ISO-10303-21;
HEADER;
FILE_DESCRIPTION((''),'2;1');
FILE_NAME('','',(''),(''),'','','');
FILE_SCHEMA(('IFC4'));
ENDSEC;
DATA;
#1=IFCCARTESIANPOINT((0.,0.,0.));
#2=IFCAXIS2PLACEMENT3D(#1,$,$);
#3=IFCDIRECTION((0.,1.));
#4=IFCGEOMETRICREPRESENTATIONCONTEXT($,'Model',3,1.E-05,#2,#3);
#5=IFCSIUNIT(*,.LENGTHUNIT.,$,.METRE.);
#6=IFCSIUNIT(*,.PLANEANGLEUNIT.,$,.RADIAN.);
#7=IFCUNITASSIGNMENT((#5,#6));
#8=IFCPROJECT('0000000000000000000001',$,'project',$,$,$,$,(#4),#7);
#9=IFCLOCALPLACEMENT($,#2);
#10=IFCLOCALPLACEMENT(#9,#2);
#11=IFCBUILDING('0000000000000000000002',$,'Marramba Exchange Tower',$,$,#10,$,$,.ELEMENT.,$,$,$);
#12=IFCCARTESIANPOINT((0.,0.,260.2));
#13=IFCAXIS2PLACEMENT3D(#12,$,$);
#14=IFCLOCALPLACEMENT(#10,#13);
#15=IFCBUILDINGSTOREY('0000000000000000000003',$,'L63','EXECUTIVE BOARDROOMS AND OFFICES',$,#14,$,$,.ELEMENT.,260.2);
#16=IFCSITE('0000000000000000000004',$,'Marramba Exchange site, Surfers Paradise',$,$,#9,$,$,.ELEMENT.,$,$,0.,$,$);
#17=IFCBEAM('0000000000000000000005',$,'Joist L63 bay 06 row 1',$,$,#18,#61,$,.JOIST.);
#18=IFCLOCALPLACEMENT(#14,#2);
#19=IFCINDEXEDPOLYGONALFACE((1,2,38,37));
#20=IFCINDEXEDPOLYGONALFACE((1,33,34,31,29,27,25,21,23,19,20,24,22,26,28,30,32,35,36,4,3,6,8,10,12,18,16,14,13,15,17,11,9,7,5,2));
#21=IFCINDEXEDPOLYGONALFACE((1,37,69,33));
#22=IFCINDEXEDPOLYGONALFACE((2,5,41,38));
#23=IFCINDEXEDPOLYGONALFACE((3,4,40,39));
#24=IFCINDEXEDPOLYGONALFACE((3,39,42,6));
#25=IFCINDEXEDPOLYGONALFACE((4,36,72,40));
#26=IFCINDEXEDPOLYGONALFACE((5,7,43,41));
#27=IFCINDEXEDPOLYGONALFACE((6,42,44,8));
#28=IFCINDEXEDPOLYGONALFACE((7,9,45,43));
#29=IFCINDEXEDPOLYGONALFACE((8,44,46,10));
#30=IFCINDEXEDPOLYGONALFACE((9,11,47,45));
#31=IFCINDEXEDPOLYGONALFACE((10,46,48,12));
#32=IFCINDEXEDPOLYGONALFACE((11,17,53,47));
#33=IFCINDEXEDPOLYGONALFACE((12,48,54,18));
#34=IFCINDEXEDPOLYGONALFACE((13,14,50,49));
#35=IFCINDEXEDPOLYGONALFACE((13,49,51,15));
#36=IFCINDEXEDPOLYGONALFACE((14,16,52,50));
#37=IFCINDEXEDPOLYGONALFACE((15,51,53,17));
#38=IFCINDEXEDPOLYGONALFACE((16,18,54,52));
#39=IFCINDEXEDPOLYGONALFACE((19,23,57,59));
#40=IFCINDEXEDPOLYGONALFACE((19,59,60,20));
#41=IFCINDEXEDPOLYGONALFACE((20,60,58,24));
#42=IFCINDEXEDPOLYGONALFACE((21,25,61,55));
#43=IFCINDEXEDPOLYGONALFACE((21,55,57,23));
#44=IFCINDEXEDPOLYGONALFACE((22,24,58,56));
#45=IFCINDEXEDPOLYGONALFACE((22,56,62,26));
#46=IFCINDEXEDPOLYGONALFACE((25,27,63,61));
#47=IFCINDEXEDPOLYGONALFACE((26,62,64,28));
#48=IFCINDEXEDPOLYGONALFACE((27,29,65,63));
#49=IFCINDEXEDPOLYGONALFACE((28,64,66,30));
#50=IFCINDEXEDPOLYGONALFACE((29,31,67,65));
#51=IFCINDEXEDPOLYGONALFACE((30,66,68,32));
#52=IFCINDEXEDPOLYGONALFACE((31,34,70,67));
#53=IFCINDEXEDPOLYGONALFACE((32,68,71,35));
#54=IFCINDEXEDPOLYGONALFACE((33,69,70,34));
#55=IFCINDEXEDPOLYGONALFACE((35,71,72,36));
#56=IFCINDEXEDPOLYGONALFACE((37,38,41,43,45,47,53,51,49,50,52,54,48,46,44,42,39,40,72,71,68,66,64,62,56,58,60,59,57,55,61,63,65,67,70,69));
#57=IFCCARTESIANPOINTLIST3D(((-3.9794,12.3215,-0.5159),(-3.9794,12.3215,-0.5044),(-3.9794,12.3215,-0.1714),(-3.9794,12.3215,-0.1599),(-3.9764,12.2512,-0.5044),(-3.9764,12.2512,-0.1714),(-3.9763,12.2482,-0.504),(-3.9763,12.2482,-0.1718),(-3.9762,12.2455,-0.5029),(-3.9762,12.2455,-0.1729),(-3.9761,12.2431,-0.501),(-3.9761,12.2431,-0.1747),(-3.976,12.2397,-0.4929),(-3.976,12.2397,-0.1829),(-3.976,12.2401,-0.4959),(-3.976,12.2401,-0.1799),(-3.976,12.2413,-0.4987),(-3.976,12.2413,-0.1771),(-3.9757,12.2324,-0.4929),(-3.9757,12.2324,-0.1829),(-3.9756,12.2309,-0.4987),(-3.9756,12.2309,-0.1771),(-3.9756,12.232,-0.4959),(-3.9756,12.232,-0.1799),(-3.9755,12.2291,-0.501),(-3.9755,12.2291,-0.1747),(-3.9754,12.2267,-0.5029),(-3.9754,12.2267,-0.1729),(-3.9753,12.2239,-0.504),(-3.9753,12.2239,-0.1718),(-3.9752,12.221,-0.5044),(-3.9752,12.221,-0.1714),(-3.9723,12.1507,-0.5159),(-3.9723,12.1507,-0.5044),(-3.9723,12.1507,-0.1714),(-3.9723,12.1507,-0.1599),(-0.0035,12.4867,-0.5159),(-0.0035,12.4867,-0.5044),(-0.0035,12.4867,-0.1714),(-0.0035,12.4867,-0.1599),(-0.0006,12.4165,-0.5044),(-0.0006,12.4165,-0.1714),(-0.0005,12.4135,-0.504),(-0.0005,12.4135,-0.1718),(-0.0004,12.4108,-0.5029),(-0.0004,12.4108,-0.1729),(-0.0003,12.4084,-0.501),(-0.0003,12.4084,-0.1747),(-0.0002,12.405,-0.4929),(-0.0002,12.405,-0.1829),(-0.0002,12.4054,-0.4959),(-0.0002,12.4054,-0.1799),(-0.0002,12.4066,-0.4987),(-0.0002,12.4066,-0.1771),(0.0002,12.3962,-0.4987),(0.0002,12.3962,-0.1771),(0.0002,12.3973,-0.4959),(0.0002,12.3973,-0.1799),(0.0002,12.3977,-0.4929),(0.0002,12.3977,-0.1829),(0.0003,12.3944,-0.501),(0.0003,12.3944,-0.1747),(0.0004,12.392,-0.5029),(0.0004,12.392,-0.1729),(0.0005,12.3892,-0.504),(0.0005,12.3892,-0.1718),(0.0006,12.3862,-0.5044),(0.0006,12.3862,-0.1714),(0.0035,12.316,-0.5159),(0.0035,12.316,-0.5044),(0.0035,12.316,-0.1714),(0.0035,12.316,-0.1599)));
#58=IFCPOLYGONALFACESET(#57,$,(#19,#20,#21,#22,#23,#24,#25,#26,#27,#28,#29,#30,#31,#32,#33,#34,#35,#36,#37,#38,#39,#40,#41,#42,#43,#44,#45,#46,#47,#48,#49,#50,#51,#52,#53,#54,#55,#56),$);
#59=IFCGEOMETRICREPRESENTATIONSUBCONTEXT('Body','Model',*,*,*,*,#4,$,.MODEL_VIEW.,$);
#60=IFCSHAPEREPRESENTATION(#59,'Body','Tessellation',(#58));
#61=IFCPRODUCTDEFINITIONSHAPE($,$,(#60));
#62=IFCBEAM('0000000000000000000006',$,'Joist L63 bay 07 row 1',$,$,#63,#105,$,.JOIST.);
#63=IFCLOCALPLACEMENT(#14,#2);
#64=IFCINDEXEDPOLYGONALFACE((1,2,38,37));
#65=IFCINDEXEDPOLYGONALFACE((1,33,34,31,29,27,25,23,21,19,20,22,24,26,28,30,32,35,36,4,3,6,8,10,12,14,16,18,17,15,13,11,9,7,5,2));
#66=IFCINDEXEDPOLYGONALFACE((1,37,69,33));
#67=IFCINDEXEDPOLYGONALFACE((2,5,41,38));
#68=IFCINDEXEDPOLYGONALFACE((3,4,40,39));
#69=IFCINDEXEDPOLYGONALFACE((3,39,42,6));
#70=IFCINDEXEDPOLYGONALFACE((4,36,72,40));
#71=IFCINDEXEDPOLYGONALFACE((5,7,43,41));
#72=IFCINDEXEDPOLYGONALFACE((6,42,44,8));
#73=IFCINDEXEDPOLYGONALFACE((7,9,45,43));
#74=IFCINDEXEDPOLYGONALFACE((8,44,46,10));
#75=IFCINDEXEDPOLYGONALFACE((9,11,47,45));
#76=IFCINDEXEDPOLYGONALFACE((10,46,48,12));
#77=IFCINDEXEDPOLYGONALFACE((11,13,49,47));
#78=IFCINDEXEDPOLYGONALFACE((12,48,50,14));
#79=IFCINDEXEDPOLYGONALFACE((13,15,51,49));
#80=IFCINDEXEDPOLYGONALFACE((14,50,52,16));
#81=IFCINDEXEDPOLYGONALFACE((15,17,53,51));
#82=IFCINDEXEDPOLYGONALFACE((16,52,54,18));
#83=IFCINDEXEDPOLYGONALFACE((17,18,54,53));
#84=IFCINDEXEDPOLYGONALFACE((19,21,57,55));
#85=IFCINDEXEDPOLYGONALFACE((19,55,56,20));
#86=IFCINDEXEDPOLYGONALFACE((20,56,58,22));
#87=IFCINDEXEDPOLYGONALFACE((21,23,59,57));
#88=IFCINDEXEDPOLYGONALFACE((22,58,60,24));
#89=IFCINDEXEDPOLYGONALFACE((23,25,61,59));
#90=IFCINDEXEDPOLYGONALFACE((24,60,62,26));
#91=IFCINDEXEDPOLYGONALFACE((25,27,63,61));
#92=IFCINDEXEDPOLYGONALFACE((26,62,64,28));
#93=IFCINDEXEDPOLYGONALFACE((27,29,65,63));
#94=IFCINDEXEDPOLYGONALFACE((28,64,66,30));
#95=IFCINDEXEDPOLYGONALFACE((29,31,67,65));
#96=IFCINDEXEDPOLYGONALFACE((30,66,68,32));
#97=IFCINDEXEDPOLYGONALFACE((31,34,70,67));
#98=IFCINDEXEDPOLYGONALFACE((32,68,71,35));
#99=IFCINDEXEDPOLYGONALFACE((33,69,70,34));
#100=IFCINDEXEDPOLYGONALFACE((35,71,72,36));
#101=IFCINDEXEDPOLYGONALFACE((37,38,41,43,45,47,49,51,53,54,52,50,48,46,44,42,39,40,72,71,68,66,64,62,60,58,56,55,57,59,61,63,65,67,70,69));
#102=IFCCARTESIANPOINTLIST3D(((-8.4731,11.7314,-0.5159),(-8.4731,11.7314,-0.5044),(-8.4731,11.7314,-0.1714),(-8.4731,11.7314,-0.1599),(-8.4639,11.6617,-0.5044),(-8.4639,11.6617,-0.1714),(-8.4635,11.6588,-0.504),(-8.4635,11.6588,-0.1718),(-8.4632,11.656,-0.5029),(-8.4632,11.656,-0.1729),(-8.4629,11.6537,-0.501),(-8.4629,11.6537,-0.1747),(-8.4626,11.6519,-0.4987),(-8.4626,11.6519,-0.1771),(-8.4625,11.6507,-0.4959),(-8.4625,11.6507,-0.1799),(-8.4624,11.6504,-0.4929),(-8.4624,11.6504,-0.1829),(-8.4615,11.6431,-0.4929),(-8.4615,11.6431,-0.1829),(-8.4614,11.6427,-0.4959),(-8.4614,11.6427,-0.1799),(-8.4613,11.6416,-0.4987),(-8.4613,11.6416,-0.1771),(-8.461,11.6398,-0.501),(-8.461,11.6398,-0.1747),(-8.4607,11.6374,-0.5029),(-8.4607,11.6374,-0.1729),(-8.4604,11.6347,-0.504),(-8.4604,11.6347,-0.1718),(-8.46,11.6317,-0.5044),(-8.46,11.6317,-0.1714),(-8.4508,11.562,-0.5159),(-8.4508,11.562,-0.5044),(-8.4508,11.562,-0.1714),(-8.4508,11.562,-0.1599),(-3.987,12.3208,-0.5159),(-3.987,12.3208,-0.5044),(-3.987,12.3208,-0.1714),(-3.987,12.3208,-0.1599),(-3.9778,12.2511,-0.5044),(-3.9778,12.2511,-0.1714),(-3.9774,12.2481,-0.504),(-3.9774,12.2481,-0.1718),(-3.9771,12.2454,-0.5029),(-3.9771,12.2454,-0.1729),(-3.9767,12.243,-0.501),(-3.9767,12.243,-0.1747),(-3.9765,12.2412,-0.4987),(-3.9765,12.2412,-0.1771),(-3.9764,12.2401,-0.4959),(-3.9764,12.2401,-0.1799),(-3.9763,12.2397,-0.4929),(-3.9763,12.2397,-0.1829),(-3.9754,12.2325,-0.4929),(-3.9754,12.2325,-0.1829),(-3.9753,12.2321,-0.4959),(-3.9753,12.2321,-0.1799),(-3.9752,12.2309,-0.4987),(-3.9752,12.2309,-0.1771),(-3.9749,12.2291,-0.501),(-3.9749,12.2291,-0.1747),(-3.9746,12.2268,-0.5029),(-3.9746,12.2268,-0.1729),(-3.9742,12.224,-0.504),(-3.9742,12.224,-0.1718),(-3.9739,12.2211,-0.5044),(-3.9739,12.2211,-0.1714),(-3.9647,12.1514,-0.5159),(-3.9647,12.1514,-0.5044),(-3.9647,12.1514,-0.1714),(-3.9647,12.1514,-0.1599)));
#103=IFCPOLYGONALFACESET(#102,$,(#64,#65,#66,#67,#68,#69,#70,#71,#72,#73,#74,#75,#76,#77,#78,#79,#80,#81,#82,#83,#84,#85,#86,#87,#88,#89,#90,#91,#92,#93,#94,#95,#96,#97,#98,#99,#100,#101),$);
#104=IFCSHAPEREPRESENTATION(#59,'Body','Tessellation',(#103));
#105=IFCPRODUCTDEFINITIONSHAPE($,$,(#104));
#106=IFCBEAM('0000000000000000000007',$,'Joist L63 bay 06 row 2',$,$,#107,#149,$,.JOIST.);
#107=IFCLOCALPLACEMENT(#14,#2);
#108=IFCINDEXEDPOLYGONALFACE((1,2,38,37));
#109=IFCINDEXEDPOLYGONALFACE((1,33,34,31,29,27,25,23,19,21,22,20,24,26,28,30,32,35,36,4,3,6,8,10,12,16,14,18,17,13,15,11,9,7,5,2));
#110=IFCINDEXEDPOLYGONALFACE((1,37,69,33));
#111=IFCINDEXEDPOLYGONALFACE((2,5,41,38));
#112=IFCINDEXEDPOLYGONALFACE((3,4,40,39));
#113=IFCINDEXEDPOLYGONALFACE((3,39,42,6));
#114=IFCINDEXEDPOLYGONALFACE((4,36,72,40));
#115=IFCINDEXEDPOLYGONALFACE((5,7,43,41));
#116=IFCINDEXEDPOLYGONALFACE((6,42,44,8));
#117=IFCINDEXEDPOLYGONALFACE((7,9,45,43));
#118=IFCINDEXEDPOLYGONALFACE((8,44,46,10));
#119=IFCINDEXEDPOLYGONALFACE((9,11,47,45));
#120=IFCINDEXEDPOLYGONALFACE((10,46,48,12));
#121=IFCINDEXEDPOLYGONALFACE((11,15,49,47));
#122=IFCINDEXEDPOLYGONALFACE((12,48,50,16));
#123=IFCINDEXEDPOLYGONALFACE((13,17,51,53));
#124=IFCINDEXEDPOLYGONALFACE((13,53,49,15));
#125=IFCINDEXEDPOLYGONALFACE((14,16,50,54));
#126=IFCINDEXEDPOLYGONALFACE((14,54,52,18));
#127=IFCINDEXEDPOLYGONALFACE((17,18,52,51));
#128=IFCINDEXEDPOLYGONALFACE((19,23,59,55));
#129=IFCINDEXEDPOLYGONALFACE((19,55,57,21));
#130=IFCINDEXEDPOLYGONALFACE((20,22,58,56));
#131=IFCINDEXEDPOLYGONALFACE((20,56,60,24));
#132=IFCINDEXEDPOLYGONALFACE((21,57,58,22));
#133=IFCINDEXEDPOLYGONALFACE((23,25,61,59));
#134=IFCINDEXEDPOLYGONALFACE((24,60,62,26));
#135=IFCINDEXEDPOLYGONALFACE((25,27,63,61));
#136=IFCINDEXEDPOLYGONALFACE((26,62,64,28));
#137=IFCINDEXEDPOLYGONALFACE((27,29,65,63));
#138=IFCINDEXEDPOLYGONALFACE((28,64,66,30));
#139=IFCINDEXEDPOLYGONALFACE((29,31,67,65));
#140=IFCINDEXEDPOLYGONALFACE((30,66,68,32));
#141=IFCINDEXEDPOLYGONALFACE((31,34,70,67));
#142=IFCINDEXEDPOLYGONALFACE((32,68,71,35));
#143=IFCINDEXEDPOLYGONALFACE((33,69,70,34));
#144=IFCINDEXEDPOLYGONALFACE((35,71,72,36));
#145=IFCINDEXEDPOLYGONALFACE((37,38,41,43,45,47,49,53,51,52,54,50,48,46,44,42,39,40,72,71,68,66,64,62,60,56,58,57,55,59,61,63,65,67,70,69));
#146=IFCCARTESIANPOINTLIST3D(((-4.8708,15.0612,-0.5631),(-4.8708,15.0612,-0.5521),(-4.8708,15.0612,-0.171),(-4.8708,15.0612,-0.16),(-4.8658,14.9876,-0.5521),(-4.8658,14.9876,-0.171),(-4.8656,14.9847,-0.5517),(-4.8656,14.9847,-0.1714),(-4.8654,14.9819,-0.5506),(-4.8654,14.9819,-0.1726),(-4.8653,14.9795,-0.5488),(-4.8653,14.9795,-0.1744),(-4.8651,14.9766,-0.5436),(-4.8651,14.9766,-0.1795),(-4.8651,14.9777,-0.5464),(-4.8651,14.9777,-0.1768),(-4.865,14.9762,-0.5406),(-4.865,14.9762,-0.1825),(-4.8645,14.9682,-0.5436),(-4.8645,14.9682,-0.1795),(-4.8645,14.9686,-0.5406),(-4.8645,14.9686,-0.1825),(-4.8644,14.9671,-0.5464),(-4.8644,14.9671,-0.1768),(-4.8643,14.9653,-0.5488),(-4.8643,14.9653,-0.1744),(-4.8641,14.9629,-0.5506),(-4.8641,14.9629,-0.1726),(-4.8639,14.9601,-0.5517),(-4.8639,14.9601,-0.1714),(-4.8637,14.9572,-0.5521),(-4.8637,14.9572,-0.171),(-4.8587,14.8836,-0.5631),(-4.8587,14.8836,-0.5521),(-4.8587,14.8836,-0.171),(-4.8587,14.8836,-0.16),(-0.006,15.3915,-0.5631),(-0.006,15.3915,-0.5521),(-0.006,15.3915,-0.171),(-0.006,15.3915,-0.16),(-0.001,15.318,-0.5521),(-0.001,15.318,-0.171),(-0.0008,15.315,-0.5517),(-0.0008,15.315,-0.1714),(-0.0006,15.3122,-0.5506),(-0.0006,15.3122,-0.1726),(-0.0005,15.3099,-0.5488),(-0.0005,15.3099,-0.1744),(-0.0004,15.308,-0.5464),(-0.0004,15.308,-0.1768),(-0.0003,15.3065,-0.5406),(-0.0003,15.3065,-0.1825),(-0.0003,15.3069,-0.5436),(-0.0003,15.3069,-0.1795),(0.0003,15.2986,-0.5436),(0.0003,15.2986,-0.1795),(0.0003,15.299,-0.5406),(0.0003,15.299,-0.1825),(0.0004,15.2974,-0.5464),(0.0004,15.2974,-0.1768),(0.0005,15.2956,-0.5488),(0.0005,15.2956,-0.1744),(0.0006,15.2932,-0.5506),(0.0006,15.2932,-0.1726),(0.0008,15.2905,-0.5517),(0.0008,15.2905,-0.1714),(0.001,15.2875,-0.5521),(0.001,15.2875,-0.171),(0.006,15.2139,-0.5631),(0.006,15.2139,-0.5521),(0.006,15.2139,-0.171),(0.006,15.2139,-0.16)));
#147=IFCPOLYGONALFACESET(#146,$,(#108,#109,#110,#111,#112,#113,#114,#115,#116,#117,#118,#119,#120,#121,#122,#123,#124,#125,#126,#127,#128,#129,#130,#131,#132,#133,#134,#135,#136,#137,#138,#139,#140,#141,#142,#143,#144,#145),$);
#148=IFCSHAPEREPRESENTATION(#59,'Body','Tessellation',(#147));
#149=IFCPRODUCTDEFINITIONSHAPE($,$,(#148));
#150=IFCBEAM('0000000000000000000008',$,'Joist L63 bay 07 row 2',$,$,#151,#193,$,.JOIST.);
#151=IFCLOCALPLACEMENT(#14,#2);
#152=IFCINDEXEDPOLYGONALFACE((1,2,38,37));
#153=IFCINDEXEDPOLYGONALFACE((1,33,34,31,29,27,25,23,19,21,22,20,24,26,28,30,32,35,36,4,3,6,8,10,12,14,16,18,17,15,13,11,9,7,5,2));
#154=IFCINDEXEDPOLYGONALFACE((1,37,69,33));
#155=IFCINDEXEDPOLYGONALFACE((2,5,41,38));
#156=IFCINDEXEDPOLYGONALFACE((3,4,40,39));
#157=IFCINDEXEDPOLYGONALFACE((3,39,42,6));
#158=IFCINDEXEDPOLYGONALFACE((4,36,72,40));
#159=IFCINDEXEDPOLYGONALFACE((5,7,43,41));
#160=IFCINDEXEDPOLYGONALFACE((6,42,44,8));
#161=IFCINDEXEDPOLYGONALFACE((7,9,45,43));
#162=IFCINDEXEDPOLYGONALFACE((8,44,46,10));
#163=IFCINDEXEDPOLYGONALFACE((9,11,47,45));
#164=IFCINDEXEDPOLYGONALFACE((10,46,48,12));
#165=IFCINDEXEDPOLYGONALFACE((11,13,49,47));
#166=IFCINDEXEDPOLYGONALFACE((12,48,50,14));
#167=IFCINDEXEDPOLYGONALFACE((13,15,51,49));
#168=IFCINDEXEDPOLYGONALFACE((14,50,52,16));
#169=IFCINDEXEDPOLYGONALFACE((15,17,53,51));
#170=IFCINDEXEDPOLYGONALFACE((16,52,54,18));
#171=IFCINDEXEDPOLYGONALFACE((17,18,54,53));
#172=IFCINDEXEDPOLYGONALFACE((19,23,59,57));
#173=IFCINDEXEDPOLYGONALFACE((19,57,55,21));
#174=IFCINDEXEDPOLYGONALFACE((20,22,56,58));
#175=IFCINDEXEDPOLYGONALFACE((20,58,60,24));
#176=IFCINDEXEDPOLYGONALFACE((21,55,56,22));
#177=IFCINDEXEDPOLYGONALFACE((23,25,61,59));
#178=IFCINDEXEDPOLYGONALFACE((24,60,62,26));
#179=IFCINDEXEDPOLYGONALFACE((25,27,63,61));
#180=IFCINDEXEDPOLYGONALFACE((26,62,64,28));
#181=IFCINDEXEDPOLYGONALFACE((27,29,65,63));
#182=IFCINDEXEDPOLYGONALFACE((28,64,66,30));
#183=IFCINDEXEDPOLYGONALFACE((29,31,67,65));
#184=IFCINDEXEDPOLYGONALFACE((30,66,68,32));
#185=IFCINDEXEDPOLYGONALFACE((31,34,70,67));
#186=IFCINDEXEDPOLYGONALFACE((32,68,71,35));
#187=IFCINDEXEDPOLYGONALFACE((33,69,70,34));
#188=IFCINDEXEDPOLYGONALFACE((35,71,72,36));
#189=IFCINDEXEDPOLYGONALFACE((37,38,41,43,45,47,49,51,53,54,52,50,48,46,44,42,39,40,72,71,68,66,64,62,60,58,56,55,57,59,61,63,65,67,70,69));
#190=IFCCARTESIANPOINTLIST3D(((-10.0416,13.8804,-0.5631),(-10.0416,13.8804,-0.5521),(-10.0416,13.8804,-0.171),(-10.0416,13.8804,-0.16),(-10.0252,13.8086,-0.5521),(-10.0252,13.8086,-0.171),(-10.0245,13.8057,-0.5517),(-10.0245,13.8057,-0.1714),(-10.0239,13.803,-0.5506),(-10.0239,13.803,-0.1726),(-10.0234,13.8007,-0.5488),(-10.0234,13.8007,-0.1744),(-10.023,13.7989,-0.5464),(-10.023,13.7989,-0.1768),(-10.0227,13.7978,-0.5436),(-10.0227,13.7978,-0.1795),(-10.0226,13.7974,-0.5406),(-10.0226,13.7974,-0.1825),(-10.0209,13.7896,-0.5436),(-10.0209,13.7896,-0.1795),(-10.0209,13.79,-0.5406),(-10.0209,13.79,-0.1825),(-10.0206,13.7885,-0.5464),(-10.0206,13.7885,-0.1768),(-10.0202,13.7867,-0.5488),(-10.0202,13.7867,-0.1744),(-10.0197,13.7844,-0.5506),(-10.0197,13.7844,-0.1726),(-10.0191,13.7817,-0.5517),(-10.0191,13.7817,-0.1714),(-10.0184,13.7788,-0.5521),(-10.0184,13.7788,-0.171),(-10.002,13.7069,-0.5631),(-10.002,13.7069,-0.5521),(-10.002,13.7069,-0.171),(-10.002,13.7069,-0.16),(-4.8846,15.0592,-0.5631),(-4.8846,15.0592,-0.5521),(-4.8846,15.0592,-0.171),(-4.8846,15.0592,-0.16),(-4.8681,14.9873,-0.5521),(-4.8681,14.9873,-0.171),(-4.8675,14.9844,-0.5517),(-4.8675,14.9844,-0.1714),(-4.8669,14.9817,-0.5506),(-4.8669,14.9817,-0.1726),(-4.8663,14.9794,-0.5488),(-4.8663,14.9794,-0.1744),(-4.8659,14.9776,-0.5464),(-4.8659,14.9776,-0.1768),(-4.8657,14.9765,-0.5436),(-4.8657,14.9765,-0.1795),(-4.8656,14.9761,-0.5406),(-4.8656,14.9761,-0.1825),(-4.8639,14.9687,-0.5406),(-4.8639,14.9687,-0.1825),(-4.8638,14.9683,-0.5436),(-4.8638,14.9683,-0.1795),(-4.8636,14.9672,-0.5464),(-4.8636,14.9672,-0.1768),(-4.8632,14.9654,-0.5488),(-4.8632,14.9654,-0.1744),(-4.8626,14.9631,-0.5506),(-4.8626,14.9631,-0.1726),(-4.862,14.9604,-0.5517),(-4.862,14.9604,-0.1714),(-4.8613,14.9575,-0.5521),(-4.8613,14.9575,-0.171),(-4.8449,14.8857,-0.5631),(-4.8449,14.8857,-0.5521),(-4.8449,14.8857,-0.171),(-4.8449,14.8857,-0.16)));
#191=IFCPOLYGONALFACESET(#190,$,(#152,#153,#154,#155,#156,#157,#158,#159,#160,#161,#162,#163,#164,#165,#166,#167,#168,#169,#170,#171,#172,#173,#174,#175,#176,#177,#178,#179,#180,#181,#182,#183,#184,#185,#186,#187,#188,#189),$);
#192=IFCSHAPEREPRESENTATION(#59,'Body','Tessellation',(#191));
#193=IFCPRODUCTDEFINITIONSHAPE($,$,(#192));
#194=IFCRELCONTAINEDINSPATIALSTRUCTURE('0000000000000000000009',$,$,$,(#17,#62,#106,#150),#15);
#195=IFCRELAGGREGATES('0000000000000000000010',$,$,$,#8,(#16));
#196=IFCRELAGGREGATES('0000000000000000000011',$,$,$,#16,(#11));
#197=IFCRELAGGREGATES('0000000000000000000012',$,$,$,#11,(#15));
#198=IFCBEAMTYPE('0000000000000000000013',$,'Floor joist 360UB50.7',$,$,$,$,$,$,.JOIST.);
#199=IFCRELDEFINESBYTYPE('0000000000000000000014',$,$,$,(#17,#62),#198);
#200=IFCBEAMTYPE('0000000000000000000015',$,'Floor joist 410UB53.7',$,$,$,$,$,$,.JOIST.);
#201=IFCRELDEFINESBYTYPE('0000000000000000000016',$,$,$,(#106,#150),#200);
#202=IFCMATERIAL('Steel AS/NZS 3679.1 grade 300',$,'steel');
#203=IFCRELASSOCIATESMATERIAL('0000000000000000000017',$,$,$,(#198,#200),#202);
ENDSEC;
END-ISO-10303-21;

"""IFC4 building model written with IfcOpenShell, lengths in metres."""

from ifc_helpers import new_model, si_unit, direction, frame, origin, origin_2d, place, context, subcontext, project, spatial, i_section, extrude, material, material_profile, profile_set, type_object, element, save


model = new_model("IFC4")

# Units and contexts
model_context = context("Model", 3, precision=1e-05, world=origin(), true_north=direction((0.0, 1.0)))
body_context = subcontext(model_context, "Body", "Model", "MODEL_VIEW")
ifc_project = project(units=[si_unit("LENGTHUNIT", "METRE"), si_unit("PLANEANGLEUNIT", "RADIAN")], contexts=[model_context])

# Site, building, storey
site_placement = place(None, origin())
site = spatial("IfcSite", under=ifc_project, at=site_placement, Name="Marramba Exchange site, Surfers Paradise", CompositionType="ELEMENT", RefElevation=0.0)
building_placement = place(site_placement, origin())
building = spatial("IfcBuilding", under=site, at=building_placement, Name="Marramba Exchange Tower", CompositionType="ELEMENT")
storey_placement = place(building_placement, frame((0.0, 0.0, 260.2)))
storey = spatial("IfcBuildingStorey", under=building, at=storey_placement, Name="L63", Description="EXECUTIVE BOARDROOMS AND OFFICES", CompositionType="ELEMENT", Elevation=260.2)

# Beams
ifc_material_1 = material(Name="Steel AS/NZS 3679.1 grade 300", Category="steel")
ifc_material_profile_1 = material_profile(ifc_material_1, i_section(OverallWidth=0.1709, OverallDepth=0.356, WebThickness=0.0073, FlangeThickness=0.0115, FilletRadius=0.0115, at=origin_2d()), Name="360UB50.7")
ifc_profile_set_1 = profile_set([ifc_material_profile_1], Name="Steel AS/NZS 3679.1 grade 300")
beam_type_1 = type_object("IfcBeamType", Name="Floor joist 360UB50.7", PredefinedType="JOIST", material=ifc_profile_set_1)
beam_1_placement = place(storey_placement, frame((0.0, 12.4014, -0.3379), z_axis=(-0.999137, -0.041536, 0.0), x_axis=(0.041536, -0.999137, 0.0)))
element("IfcBeam", 1, at=beam_1_placement, inside=storey, type_object=beam_type_1, Name="Joist L63 bay 06 row 1", PredefinedType="JOIST", context=body_context, shape_type="SweptSolid", body=[
    extrude(i_section(OverallWidth=0.1709, OverallDepth=0.356, WebThickness=0.0073, FlangeThickness=0.0115, FilletRadius=0.0115, at=origin_2d()), origin(), (0.0, 0.0, 1.0), 3.9792),
])
beam_2_placement = place(storey_placement, frame((-3.9758, 12.2361, -0.3379), z_axis=(-0.991481, -0.130255, 0.0), x_axis=(0.130255, -0.991481, 0.0)))
element("IfcBeam", 2, at=beam_2_placement, inside=storey, type_object=beam_type_1, Name="Joist L63 bay 07 row 1", PredefinedType="JOIST", context=body_context, shape_type="SweptSolid", body=[
    extrude(i_section(OverallWidth=0.1709, OverallDepth=0.356, WebThickness=0.0073, FlangeThickness=0.0115, FilletRadius=0.0115, at=origin_2d()), origin(), (0.0, 0.0, 1.0), 4.5247),
])
ifc_material_profile_2 = material_profile(ifc_material_1, i_section(OverallWidth=0.178, OverallDepth=0.4031, WebThickness=0.0076, FlangeThickness=0.011, FilletRadius=0.0115, at=origin_2d()), Name="410UB53.7")
ifc_profile_set_2 = profile_set([ifc_material_profile_2], Name="Steel AS/NZS 3679.1 grade 300")
beam_type_2 = type_object("IfcBeamType", Name="Floor joist 410UB53.7", PredefinedType="JOIST", material=ifc_profile_set_2)
beam_3_placement = place(storey_placement, frame((0.0, 15.3027, -0.3616), z_axis=(-0.997703, -0.067745, 0.0), x_axis=(0.067745, -0.997703, 0.0)))
element("IfcBeam", 3, at=beam_3_placement, inside=storey, type_object=beam_type_2, Name="Joist L63 bay 06 row 2", PredefinedType="JOIST", context=body_context, shape_type="SweptSolid", body=[
    extrude(i_section(OverallWidth=0.178, OverallDepth=0.4031, WebThickness=0.0076, FlangeThickness=0.011, FilletRadius=0.0115, at=origin_2d()), origin(), (0.0, 0.0, 1.0), 4.876),
])
beam_4_placement = place(storey_placement, frame((-4.8647, 14.9724, -0.3616), z_axis=(-0.97486, -0.22282, 0.0), x_axis=(0.22282, -0.97486, 0.0)))
element("IfcBeam", 4, at=beam_4_placement, inside=storey, type_object=beam_type_2, Name="Joist L63 bay 07 row 2", PredefinedType="JOIST", context=body_context, shape_type="SweptSolid", body=[
    extrude(i_section(OverallWidth=0.178, OverallDepth=0.4031, WebThickness=0.0076, FlangeThickness=0.011, FilletRadius=0.0115, at=origin_2d()), origin(), (0.0, 0.0, 1.0), 5.29),
])

save(model, "model.ifc")
